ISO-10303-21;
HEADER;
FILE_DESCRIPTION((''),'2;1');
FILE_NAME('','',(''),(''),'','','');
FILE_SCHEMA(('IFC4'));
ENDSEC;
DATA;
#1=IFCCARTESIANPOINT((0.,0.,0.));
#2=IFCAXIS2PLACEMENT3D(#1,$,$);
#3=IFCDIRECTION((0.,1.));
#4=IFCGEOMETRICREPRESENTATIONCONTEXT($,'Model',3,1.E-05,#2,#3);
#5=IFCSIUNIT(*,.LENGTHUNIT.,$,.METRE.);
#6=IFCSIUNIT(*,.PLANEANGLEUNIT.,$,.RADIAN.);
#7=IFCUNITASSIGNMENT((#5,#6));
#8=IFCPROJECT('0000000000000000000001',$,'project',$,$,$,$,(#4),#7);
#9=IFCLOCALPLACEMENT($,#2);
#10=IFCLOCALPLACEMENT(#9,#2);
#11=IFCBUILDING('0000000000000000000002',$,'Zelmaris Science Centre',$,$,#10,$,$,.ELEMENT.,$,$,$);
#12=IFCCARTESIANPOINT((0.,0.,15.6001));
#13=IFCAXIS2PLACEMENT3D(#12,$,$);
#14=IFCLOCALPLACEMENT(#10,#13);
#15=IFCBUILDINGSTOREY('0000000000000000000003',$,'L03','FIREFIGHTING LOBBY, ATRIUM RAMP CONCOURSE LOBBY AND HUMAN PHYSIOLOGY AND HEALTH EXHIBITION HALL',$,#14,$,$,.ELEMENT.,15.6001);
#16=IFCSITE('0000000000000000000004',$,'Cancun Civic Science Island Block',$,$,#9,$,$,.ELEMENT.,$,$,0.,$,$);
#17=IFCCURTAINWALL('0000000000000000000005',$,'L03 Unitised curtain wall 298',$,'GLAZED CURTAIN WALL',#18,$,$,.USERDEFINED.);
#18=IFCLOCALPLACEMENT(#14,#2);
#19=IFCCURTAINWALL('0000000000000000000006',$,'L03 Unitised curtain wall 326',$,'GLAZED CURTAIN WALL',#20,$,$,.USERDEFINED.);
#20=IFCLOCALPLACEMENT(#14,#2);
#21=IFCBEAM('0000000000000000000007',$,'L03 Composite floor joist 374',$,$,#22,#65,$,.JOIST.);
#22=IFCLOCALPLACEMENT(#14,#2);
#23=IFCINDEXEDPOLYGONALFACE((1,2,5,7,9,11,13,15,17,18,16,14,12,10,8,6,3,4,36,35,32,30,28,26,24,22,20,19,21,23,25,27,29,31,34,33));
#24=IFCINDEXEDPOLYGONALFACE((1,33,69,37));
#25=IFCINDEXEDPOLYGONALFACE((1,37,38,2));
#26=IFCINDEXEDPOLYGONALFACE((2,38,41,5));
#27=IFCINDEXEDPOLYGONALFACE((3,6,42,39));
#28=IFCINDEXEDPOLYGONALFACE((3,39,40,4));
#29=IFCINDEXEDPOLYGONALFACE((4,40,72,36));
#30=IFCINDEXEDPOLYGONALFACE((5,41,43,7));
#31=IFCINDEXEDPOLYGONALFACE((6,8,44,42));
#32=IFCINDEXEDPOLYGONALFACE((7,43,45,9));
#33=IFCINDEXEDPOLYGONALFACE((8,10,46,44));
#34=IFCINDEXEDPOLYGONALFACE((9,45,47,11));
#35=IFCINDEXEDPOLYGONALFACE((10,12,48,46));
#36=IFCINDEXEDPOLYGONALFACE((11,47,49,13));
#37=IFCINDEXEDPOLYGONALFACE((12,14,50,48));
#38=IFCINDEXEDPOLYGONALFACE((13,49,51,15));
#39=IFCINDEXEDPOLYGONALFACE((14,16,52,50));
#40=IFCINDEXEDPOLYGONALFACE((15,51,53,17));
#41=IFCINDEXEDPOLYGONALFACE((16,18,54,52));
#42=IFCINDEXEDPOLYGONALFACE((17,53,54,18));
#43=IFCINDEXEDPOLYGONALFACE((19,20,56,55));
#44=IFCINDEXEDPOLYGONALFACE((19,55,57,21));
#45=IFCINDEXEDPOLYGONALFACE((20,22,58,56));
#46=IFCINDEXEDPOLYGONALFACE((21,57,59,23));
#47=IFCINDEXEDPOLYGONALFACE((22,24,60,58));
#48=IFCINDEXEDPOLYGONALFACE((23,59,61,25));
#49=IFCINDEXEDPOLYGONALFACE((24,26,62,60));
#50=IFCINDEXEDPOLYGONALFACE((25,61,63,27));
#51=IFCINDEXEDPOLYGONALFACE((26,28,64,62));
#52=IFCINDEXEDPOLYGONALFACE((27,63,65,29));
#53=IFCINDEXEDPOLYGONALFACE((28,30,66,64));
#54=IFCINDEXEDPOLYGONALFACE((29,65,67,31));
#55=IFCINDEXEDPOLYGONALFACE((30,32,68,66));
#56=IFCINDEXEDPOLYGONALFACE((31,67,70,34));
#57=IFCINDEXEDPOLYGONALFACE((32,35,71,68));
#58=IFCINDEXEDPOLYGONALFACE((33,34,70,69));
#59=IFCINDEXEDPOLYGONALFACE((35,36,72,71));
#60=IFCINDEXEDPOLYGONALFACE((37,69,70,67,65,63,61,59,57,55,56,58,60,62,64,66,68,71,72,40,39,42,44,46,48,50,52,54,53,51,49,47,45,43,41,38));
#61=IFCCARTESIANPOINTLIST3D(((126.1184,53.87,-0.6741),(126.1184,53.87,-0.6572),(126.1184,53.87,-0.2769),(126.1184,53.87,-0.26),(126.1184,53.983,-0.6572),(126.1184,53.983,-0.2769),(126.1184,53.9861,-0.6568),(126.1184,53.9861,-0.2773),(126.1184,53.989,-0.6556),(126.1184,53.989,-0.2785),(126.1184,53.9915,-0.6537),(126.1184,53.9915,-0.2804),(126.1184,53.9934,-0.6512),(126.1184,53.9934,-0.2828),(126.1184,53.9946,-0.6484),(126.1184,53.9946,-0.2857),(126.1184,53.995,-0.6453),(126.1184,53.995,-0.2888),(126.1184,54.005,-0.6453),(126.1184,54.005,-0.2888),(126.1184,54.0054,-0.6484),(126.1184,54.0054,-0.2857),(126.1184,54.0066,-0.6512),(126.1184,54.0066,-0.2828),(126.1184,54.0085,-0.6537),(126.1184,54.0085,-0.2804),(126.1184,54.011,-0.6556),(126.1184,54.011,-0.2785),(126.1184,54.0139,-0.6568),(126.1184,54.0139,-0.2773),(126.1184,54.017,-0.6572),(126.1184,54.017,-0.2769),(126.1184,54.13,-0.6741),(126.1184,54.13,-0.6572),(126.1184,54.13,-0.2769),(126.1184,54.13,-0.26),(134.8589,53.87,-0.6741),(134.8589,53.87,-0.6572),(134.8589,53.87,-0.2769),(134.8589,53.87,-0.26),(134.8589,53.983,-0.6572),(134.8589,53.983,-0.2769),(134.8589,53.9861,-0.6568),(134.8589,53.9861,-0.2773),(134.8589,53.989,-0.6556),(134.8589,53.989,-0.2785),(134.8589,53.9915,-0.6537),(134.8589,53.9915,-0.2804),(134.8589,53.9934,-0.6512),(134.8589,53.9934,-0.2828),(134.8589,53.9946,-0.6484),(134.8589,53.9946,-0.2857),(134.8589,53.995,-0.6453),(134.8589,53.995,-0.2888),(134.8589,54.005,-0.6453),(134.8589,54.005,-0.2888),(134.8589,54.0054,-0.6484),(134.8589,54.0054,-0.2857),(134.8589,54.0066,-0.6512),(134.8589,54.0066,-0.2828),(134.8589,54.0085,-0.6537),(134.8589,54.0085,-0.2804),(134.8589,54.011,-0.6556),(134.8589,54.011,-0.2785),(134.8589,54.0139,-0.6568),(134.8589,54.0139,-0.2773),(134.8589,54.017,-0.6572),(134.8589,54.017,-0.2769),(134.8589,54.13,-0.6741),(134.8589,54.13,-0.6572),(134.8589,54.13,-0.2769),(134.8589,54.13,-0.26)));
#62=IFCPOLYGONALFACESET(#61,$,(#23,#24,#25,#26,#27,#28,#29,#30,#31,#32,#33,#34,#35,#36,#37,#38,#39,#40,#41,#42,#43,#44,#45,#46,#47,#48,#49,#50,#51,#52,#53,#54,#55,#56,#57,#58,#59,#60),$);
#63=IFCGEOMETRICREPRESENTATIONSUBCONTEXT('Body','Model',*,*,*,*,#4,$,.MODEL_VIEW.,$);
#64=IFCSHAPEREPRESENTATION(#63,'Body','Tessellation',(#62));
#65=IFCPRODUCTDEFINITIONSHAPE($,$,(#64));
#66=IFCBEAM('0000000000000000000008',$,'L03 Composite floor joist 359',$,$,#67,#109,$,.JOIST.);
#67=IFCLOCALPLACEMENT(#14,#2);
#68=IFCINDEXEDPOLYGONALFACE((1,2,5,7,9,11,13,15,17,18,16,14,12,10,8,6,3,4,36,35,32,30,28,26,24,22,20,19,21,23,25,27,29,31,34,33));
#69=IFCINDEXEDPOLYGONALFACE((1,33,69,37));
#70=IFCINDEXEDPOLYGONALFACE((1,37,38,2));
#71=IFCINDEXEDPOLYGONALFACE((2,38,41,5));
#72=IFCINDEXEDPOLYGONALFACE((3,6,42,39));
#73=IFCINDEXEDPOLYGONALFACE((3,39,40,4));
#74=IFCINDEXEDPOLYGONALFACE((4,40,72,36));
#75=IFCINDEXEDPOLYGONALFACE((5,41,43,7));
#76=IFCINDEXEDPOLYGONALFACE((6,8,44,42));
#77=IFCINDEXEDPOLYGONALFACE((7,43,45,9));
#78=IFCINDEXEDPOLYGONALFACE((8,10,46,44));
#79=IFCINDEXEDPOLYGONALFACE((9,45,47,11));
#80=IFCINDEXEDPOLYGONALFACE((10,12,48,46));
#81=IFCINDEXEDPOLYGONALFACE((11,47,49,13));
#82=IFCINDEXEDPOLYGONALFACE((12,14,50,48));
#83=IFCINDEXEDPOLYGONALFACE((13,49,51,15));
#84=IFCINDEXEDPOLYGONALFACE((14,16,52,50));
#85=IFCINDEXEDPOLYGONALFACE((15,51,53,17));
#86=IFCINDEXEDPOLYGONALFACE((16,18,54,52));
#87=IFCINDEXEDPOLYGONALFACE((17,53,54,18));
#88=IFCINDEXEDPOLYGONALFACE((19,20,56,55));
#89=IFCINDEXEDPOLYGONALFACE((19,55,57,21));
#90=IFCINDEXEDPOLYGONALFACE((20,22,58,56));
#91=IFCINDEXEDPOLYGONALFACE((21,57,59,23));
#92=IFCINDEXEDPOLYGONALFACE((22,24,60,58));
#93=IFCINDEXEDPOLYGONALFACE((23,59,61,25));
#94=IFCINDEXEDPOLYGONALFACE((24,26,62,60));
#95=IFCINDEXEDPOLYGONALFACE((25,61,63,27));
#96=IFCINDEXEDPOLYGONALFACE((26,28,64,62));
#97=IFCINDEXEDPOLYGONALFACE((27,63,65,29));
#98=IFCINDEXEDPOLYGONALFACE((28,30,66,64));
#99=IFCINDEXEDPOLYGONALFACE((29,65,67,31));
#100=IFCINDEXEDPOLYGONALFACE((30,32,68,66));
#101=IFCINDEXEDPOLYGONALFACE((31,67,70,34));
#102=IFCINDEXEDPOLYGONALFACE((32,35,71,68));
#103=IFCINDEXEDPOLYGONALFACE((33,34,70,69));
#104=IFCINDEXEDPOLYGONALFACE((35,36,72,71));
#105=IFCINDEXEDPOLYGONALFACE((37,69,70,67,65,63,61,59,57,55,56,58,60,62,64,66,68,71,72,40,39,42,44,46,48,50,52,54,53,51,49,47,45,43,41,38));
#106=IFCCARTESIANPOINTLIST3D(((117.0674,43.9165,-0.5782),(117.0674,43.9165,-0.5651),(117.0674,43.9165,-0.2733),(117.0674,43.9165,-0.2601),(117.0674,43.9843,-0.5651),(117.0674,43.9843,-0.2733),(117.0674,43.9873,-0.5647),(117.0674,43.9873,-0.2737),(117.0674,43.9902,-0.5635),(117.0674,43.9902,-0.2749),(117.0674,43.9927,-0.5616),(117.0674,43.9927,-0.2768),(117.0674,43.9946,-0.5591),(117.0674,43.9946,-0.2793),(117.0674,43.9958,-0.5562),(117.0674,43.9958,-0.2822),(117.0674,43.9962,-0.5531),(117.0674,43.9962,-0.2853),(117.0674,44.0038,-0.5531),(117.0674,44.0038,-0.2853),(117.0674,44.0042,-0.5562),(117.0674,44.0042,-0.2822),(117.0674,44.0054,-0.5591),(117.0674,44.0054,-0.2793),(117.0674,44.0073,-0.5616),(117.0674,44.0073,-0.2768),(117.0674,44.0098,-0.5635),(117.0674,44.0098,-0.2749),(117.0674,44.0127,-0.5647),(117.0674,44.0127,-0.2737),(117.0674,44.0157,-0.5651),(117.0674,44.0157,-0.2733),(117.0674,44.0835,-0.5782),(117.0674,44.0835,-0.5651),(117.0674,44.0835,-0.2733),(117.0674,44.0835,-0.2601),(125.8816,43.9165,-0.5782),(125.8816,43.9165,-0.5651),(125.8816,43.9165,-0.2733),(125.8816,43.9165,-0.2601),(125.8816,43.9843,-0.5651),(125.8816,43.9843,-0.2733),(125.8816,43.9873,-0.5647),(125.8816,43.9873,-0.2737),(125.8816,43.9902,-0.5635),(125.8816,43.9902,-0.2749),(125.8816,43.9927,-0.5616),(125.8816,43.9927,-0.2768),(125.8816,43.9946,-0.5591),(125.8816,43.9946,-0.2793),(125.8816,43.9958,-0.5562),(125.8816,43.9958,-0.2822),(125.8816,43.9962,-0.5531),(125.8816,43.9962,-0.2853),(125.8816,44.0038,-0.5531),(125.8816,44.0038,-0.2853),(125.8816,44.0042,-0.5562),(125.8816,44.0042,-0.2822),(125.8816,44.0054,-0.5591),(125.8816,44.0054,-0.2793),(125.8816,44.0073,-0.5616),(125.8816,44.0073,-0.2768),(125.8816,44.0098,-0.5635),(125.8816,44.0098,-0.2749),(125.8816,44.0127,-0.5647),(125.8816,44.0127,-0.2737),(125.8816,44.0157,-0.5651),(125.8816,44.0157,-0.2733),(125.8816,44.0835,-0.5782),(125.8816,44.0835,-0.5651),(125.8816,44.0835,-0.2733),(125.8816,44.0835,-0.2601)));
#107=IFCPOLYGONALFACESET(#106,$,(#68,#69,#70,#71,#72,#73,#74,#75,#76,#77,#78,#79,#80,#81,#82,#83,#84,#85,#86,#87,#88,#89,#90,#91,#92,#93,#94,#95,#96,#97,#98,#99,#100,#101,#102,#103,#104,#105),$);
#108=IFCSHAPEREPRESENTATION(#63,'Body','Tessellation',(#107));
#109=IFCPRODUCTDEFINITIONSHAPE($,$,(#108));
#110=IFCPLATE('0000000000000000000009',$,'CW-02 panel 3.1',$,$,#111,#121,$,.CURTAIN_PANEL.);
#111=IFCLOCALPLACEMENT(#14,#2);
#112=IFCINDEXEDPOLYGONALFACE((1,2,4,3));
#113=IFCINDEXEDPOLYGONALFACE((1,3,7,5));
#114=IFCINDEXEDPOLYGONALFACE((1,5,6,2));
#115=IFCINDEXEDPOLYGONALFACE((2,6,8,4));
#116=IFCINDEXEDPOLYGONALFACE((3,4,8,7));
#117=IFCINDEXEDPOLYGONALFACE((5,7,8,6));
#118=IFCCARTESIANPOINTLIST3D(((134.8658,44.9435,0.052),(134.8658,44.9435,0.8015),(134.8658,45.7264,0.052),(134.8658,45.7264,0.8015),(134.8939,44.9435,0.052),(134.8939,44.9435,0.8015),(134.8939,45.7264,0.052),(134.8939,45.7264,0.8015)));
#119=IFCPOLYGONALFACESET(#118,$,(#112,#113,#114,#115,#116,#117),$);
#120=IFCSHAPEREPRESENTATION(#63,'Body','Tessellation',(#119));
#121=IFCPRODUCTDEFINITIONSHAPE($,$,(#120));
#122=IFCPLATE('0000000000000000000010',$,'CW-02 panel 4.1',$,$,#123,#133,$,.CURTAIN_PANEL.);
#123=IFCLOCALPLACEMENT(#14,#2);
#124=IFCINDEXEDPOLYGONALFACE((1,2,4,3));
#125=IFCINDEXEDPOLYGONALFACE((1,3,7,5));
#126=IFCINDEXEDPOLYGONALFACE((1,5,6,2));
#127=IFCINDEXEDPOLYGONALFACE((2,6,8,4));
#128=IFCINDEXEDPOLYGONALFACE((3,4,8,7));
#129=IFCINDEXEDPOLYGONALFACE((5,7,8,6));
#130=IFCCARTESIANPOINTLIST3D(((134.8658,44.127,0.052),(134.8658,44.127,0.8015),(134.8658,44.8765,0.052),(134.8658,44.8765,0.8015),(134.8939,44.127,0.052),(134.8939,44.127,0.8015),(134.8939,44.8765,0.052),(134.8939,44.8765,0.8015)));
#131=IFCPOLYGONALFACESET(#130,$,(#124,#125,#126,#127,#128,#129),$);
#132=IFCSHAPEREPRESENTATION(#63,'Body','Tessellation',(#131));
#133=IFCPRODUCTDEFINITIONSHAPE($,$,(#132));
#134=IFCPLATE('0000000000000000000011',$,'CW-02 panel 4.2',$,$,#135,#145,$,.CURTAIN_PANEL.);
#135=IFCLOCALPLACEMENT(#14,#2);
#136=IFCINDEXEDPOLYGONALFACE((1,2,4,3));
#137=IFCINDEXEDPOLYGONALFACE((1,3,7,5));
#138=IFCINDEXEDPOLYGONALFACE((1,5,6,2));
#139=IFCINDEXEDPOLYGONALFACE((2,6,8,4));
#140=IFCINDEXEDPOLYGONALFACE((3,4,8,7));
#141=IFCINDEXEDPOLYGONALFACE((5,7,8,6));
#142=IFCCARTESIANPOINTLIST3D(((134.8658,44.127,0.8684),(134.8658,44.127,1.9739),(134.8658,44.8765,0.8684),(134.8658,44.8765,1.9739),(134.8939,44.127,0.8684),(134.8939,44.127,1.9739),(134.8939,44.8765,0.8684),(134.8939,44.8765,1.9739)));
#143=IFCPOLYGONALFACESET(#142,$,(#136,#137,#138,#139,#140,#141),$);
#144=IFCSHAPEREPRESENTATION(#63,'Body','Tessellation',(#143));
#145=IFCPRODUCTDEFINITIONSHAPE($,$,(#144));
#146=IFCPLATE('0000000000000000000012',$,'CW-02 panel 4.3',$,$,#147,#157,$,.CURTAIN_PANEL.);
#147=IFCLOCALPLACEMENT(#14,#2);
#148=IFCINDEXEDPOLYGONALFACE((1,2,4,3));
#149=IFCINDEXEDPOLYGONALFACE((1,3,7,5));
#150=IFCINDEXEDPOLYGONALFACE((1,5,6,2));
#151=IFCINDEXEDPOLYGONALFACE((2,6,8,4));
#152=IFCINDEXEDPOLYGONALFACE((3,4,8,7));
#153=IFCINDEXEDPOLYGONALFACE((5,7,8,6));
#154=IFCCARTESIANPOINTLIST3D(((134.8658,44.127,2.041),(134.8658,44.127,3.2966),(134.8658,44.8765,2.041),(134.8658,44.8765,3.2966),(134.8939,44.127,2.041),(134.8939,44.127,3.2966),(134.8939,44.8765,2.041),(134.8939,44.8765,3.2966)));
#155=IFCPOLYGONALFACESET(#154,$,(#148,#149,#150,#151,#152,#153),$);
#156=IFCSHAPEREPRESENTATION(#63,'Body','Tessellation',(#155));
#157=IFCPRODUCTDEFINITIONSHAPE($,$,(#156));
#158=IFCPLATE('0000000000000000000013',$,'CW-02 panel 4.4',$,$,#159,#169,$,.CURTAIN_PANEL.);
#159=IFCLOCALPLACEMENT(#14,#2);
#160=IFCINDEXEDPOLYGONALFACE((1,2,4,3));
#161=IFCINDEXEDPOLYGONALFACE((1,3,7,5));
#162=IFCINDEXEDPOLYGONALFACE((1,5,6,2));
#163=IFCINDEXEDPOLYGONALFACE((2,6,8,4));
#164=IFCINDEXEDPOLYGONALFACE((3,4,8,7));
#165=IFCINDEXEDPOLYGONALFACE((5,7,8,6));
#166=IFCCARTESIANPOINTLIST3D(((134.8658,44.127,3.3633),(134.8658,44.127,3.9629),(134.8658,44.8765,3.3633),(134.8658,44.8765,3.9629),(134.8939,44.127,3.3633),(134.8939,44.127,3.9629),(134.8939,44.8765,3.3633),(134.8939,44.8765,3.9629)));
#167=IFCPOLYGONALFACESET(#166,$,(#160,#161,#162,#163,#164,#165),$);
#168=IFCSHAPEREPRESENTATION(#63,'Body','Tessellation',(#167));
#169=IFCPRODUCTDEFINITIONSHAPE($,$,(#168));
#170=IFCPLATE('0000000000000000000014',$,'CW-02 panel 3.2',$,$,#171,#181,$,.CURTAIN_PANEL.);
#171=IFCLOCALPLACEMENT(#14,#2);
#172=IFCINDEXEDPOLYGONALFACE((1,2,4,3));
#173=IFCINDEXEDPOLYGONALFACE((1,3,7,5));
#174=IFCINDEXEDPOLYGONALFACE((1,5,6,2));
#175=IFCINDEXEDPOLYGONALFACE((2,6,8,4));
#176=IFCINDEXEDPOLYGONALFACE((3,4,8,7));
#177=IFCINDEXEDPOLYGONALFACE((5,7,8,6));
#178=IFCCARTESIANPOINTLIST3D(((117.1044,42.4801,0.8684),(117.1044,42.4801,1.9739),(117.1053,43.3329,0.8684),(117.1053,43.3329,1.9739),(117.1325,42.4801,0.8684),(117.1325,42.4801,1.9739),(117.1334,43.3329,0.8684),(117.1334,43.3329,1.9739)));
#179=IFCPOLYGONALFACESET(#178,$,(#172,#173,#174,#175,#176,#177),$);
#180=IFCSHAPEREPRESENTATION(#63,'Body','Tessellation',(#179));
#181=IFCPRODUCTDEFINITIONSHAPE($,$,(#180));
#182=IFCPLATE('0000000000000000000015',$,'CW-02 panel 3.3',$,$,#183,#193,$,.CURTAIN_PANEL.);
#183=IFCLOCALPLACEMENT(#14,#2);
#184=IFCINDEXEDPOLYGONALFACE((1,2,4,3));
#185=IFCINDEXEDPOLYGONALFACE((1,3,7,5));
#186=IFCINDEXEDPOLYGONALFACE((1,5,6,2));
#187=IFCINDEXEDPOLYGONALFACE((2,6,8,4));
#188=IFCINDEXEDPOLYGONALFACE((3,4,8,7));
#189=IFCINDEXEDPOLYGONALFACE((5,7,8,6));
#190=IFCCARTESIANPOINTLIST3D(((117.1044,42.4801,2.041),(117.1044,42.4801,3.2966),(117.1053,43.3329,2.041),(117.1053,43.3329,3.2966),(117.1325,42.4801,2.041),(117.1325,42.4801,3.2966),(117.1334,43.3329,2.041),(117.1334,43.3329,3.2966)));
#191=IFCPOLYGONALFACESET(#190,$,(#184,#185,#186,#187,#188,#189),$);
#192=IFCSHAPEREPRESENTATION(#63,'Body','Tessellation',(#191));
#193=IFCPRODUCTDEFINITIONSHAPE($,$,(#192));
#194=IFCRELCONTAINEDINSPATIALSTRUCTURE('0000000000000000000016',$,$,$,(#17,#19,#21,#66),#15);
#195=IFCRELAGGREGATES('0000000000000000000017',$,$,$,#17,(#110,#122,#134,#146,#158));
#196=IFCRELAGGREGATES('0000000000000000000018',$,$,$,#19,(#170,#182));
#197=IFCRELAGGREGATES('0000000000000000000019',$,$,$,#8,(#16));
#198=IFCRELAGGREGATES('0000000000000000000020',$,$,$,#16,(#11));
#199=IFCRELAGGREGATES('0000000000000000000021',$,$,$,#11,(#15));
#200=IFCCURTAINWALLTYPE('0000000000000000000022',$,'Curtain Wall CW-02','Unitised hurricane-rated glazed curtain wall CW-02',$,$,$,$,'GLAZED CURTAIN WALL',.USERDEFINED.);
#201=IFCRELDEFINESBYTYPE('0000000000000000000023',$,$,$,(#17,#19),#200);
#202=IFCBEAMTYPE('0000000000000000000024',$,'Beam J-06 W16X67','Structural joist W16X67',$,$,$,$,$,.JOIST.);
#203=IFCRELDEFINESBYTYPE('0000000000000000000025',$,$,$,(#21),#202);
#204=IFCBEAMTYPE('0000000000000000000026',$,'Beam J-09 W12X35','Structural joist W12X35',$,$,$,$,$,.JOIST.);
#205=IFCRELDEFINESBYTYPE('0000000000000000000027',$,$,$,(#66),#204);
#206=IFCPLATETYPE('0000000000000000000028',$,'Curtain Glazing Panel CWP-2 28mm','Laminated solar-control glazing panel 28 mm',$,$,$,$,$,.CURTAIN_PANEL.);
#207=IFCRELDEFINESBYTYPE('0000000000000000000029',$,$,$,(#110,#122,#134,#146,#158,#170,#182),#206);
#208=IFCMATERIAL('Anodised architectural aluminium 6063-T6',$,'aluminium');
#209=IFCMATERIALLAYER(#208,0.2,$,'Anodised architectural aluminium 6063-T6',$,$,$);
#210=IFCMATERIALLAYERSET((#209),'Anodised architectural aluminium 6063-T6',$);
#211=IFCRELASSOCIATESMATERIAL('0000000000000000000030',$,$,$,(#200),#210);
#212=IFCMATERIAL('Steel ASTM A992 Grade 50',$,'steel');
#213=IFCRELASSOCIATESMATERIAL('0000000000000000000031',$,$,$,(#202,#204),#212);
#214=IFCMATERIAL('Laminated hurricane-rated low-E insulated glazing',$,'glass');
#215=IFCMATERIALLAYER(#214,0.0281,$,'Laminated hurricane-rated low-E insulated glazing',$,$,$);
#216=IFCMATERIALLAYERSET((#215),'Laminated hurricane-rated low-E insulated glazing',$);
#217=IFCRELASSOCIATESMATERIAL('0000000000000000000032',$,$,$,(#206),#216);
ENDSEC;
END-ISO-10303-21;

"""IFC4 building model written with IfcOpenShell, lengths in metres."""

from ifc_helpers import new_model, si_unit, direction, frame, origin, origin_2d, place, context, subcontext, project, spatial, rectangle, i_section, extrude, material, layer, layer_set, material_profile, profile_set, type_object, element, aggregate, save


model = new_model("IFC4")

# Units and contexts
model_context = context("Model", 3, precision=1e-05, world=origin(), true_north=direction((0.0, 1.0)))
body_context = subcontext(model_context, "Body", "Model", "MODEL_VIEW")
ifc_project = project(units=[si_unit("LENGTHUNIT", "METRE"), si_unit("PLANEANGLEUNIT", "RADIAN")], contexts=[model_context])

# Site, building, storey
site_placement = place(None, origin())
site = spatial("IfcSite", under=ifc_project, at=site_placement, Name="Cancun Civic Science Island Block", CompositionType="ELEMENT", RefElevation=0.0)
building_placement = place(site_placement, origin())
building = spatial("IfcBuilding", under=site, at=building_placement, Name="Zelmaris Science Centre", CompositionType="ELEMENT")
storey_placement = place(building_placement, frame((0.0, 0.0, 15.6001)))
storey = spatial("IfcBuildingStorey", under=building, at=storey_placement, Name="L03", Description="FIREFIGHTING LOBBY, ATRIUM RAMP CONCOURSE LOBBY AND HUMAN PHYSIOLOGY AND HEALTH EXHIBITION HALL", CompositionType="ELEMENT", Elevation=15.6001)

# Shared definitions
ifc_material_1 = material(Name="Steel ASTM A992 Grade 50", Category="steel")

# Shared definitions
ifc_material_2 = material(Name="Anodised architectural aluminium 6063-T6", Category="aluminium")

# Curtain wall
ifc_layer_1 = layer(ifc_material_2, 0.2, Name="Anodised architectural aluminium 6063-T6")
ifc_layer_set_1 = layer_set([ifc_layer_1], Name="Anodised architectural aluminium 6063-T6")
curtain_wall_type_1 = type_object("IfcCurtainWallType", Name="Curtain Wall CW-02", Description="Unitised hurricane-rated glazed curtain wall CW-02", ElementType="GLAZED CURTAIN WALL", PredefinedType="USERDEFINED", material=ifc_layer_set_1)
curtain_wall_1_placement = place(storey_placement, origin())
curtain_wall_1 = element("IfcCurtainWall", 1, at=curtain_wall_1_placement, inside=storey, type_object=curtain_wall_type_1, Name="L03 Unitised curtain wall 298", ObjectType="GLAZED CURTAIN WALL", PredefinedType="USERDEFINED")

# Curtain wall
curtain_wall_2_placement = place(storey_placement, origin())
curtain_wall_2 = element("IfcCurtainWall", 2, at=curtain_wall_2_placement, inside=storey, type_object=curtain_wall_type_1, Name="L03 Unitised curtain wall 326", ObjectType="GLAZED CURTAIN WALL", PredefinedType="USERDEFINED")

# Beams
ifc_material_profile_1 = material_profile(ifc_material_1, i_section(OverallWidth=0.26, OverallDepth=0.4141, WebThickness=0.01, FlangeThickness=0.0168, FilletRadius=0.012, at=origin_2d()), Name="W16X67")
ifc_profile_set_1 = profile_set([ifc_material_profile_1], Name="Steel ASTM A992 Grade 50")
beam_type_1 = type_object("IfcBeamType", Name="Beam J-06 W16X67", Description="Structural joist W16X67", PredefinedType="JOIST", material=ifc_profile_set_1)
beam_1_placement = place(storey_placement, frame((126.1184, 54.0, -0.467), z_axis=(1.0, 0.0, 0.0), x_axis=(0.0, 1.0, 0.0)))
element("IfcBeam", 3, at=beam_1_placement, inside=storey, type_object=beam_type_1, Name="L03 Composite floor joist 374", PredefinedType="JOIST", context=body_context, shape_type="SweptSolid", body=[
    extrude(i_section(OverallWidth=0.26, OverallDepth=0.4141, WebThickness=0.01, FlangeThickness=0.0168, FilletRadius=0.012, at=origin_2d()), origin(), (0.0, 0.0, 1.0), 8.7405),
])
ifc_material_profile_2 = material_profile(ifc_material_1, i_section(OverallWidth=0.167, OverallDepth=0.3181, WebThickness=0.0076, FlangeThickness=0.0132, FilletRadius=0.012, at=origin_2d()), Name="W12X35")
ifc_profile_set_2 = profile_set([ifc_material_profile_2], Name="Steel ASTM A992 Grade 50")
beam_type_2 = type_object("IfcBeamType", Name="Beam J-09 W12X35", Description="Structural joist W12X35", PredefinedType="JOIST", material=ifc_profile_set_2)
beam_2_placement = place(storey_placement, frame((117.0674, 44.0, -0.4192), z_axis=(1.0, 0.0, 0.0), x_axis=(0.0, 1.0, 0.0)))
element("IfcBeam", 4, at=beam_2_placement, inside=storey, type_object=beam_type_2, Name="L03 Composite floor joist 359", PredefinedType="JOIST", context=body_context, shape_type="SweptSolid", body=[
    extrude(i_section(OverallWidth=0.167, OverallDepth=0.3181, WebThickness=0.0076, FlangeThickness=0.0132, FilletRadius=0.012, at=origin_2d()), origin(), (0.0, 0.0, 1.0), 8.8142),
])

# Plates
ifc_material_3 = material(Name="Laminated hurricane-rated low-E insulated glazing", Category="glass")
ifc_layer_2 = layer(ifc_material_3, 0.0281, Name="Laminated hurricane-rated low-E insulated glazing")
ifc_layer_set_2 = layer_set([ifc_layer_2], Name="Laminated hurricane-rated low-E insulated glazing")
plate_type = type_object("IfcPlateType", Name="Curtain Glazing Panel CWP-2 28mm", Description="Laminated solar-control glazing panel 28 mm", PredefinedType="CURTAIN_PANEL", material=ifc_layer_set_2)
plate_1_placement = place(storey_placement, frame((134.8799, 45.335, 0.052), z_axis=(0.0, 0.0, 1.0), x_axis=(0.0, -1.0, 0.0)))
plate_1 = element("IfcPlate", 5, at=plate_1_placement, type_object=plate_type, Name="CW-02 panel 3.1", PredefinedType="CURTAIN_PANEL", context=body_context, shape_type="SweptSolid", body=[
    extrude(rectangle(XDim=0.783, YDim=0.0281, at=origin_2d()), origin(), (0.0, 0.0, 1.0), 0.7495),
])
plate_2_placement = place(storey_placement, frame((134.8799, 44.5017, 0.052), z_axis=(0.0, 0.0, 1.0), x_axis=(0.0, -1.0, 0.0)))
plate_2 = element("IfcPlate", 6, at=plate_2_placement, type_object=plate_type, Name="CW-02 panel 4.1", PredefinedType="CURTAIN_PANEL", context=body_context, shape_type="SweptSolid", body=[
    extrude(rectangle(XDim=0.7495, YDim=0.0281, at=origin_2d()), origin(), (0.0, 0.0, 1.0), 0.7495),
])
plate_3_placement = place(storey_placement, frame((134.8799, 44.5017, 0.8684), z_axis=(0.0, 0.0, 1.0), x_axis=(0.0, -1.0, 0.0)))
plate_3 = element("IfcPlate", 7, at=plate_3_placement, type_object=plate_type, Name="CW-02 panel 4.2", PredefinedType="CURTAIN_PANEL", context=body_context, shape_type="SweptSolid", body=[
    extrude(rectangle(XDim=0.7495, YDim=0.0281, at=origin_2d()), origin(), (0.0, 0.0, 1.0), 1.1055),
])
plate_4_placement = place(storey_placement, frame((134.8799, 44.5017, 2.041), z_axis=(0.0, 0.0, 1.0), x_axis=(0.0, -1.0, 0.0)))
plate_4 = element("IfcPlate", 8, at=plate_4_placement, type_object=plate_type, Name="CW-02 panel 4.3", PredefinedType="CURTAIN_PANEL", context=body_context, shape_type="SweptSolid", body=[
    extrude(rectangle(XDim=0.7495, YDim=0.0281, at=origin_2d()), origin(), (0.0, 0.0, 1.0), 1.2556),
])
plate_5_placement = place(storey_placement, frame((134.8799, 44.5017, 3.3633), z_axis=(0.0, 0.0, 1.0), x_axis=(0.0, -1.0, 0.0)))
plate_5 = element("IfcPlate", 9, at=plate_5_placement, type_object=plate_type, Name="CW-02 panel 4.4", PredefinedType="CURTAIN_PANEL", context=body_context, shape_type="SweptSolid", body=[
    extrude(rectangle(XDim=0.7495, YDim=0.0281, at=origin_2d()), origin(), (0.0, 0.0, 1.0), 0.5996),
])
aggregate(curtain_wall_1, [plate_1, plate_2, plate_3, plate_4, plate_5])
plate_6_placement = place(storey_placement, frame((117.1189, 42.9065, 0.8684), z_axis=(0.0, 0.0, 1.0), x_axis=(0.001014, 0.999999, 0.0)))
plate_6 = element("IfcPlate", 10, at=plate_6_placement, type_object=plate_type, Name="CW-02 panel 3.2", PredefinedType="CURTAIN_PANEL", context=body_context, shape_type="SweptSolid", body=[
    extrude(rectangle(XDim=0.8528, YDim=0.0281, at=origin_2d()), origin(), (0.0, 0.0, 1.0), 1.1055),
])
plate_7_placement = place(storey_placement, frame((117.1189, 42.9065, 2.041), z_axis=(0.0, 0.0, 1.0), x_axis=(0.001014, 0.999999, 0.0)))
plate_7 = element("IfcPlate", 11, at=plate_7_placement, type_object=plate_type, Name="CW-02 panel 3.3", PredefinedType="CURTAIN_PANEL", context=body_context, shape_type="SweptSolid", body=[
    extrude(rectangle(XDim=0.8528, YDim=0.0281, at=origin_2d()), origin(), (0.0, 0.0, 1.0), 1.2556),
])
aggregate(curtain_wall_2, [plate_6, plate_7])

save(model, "model.ifc")
